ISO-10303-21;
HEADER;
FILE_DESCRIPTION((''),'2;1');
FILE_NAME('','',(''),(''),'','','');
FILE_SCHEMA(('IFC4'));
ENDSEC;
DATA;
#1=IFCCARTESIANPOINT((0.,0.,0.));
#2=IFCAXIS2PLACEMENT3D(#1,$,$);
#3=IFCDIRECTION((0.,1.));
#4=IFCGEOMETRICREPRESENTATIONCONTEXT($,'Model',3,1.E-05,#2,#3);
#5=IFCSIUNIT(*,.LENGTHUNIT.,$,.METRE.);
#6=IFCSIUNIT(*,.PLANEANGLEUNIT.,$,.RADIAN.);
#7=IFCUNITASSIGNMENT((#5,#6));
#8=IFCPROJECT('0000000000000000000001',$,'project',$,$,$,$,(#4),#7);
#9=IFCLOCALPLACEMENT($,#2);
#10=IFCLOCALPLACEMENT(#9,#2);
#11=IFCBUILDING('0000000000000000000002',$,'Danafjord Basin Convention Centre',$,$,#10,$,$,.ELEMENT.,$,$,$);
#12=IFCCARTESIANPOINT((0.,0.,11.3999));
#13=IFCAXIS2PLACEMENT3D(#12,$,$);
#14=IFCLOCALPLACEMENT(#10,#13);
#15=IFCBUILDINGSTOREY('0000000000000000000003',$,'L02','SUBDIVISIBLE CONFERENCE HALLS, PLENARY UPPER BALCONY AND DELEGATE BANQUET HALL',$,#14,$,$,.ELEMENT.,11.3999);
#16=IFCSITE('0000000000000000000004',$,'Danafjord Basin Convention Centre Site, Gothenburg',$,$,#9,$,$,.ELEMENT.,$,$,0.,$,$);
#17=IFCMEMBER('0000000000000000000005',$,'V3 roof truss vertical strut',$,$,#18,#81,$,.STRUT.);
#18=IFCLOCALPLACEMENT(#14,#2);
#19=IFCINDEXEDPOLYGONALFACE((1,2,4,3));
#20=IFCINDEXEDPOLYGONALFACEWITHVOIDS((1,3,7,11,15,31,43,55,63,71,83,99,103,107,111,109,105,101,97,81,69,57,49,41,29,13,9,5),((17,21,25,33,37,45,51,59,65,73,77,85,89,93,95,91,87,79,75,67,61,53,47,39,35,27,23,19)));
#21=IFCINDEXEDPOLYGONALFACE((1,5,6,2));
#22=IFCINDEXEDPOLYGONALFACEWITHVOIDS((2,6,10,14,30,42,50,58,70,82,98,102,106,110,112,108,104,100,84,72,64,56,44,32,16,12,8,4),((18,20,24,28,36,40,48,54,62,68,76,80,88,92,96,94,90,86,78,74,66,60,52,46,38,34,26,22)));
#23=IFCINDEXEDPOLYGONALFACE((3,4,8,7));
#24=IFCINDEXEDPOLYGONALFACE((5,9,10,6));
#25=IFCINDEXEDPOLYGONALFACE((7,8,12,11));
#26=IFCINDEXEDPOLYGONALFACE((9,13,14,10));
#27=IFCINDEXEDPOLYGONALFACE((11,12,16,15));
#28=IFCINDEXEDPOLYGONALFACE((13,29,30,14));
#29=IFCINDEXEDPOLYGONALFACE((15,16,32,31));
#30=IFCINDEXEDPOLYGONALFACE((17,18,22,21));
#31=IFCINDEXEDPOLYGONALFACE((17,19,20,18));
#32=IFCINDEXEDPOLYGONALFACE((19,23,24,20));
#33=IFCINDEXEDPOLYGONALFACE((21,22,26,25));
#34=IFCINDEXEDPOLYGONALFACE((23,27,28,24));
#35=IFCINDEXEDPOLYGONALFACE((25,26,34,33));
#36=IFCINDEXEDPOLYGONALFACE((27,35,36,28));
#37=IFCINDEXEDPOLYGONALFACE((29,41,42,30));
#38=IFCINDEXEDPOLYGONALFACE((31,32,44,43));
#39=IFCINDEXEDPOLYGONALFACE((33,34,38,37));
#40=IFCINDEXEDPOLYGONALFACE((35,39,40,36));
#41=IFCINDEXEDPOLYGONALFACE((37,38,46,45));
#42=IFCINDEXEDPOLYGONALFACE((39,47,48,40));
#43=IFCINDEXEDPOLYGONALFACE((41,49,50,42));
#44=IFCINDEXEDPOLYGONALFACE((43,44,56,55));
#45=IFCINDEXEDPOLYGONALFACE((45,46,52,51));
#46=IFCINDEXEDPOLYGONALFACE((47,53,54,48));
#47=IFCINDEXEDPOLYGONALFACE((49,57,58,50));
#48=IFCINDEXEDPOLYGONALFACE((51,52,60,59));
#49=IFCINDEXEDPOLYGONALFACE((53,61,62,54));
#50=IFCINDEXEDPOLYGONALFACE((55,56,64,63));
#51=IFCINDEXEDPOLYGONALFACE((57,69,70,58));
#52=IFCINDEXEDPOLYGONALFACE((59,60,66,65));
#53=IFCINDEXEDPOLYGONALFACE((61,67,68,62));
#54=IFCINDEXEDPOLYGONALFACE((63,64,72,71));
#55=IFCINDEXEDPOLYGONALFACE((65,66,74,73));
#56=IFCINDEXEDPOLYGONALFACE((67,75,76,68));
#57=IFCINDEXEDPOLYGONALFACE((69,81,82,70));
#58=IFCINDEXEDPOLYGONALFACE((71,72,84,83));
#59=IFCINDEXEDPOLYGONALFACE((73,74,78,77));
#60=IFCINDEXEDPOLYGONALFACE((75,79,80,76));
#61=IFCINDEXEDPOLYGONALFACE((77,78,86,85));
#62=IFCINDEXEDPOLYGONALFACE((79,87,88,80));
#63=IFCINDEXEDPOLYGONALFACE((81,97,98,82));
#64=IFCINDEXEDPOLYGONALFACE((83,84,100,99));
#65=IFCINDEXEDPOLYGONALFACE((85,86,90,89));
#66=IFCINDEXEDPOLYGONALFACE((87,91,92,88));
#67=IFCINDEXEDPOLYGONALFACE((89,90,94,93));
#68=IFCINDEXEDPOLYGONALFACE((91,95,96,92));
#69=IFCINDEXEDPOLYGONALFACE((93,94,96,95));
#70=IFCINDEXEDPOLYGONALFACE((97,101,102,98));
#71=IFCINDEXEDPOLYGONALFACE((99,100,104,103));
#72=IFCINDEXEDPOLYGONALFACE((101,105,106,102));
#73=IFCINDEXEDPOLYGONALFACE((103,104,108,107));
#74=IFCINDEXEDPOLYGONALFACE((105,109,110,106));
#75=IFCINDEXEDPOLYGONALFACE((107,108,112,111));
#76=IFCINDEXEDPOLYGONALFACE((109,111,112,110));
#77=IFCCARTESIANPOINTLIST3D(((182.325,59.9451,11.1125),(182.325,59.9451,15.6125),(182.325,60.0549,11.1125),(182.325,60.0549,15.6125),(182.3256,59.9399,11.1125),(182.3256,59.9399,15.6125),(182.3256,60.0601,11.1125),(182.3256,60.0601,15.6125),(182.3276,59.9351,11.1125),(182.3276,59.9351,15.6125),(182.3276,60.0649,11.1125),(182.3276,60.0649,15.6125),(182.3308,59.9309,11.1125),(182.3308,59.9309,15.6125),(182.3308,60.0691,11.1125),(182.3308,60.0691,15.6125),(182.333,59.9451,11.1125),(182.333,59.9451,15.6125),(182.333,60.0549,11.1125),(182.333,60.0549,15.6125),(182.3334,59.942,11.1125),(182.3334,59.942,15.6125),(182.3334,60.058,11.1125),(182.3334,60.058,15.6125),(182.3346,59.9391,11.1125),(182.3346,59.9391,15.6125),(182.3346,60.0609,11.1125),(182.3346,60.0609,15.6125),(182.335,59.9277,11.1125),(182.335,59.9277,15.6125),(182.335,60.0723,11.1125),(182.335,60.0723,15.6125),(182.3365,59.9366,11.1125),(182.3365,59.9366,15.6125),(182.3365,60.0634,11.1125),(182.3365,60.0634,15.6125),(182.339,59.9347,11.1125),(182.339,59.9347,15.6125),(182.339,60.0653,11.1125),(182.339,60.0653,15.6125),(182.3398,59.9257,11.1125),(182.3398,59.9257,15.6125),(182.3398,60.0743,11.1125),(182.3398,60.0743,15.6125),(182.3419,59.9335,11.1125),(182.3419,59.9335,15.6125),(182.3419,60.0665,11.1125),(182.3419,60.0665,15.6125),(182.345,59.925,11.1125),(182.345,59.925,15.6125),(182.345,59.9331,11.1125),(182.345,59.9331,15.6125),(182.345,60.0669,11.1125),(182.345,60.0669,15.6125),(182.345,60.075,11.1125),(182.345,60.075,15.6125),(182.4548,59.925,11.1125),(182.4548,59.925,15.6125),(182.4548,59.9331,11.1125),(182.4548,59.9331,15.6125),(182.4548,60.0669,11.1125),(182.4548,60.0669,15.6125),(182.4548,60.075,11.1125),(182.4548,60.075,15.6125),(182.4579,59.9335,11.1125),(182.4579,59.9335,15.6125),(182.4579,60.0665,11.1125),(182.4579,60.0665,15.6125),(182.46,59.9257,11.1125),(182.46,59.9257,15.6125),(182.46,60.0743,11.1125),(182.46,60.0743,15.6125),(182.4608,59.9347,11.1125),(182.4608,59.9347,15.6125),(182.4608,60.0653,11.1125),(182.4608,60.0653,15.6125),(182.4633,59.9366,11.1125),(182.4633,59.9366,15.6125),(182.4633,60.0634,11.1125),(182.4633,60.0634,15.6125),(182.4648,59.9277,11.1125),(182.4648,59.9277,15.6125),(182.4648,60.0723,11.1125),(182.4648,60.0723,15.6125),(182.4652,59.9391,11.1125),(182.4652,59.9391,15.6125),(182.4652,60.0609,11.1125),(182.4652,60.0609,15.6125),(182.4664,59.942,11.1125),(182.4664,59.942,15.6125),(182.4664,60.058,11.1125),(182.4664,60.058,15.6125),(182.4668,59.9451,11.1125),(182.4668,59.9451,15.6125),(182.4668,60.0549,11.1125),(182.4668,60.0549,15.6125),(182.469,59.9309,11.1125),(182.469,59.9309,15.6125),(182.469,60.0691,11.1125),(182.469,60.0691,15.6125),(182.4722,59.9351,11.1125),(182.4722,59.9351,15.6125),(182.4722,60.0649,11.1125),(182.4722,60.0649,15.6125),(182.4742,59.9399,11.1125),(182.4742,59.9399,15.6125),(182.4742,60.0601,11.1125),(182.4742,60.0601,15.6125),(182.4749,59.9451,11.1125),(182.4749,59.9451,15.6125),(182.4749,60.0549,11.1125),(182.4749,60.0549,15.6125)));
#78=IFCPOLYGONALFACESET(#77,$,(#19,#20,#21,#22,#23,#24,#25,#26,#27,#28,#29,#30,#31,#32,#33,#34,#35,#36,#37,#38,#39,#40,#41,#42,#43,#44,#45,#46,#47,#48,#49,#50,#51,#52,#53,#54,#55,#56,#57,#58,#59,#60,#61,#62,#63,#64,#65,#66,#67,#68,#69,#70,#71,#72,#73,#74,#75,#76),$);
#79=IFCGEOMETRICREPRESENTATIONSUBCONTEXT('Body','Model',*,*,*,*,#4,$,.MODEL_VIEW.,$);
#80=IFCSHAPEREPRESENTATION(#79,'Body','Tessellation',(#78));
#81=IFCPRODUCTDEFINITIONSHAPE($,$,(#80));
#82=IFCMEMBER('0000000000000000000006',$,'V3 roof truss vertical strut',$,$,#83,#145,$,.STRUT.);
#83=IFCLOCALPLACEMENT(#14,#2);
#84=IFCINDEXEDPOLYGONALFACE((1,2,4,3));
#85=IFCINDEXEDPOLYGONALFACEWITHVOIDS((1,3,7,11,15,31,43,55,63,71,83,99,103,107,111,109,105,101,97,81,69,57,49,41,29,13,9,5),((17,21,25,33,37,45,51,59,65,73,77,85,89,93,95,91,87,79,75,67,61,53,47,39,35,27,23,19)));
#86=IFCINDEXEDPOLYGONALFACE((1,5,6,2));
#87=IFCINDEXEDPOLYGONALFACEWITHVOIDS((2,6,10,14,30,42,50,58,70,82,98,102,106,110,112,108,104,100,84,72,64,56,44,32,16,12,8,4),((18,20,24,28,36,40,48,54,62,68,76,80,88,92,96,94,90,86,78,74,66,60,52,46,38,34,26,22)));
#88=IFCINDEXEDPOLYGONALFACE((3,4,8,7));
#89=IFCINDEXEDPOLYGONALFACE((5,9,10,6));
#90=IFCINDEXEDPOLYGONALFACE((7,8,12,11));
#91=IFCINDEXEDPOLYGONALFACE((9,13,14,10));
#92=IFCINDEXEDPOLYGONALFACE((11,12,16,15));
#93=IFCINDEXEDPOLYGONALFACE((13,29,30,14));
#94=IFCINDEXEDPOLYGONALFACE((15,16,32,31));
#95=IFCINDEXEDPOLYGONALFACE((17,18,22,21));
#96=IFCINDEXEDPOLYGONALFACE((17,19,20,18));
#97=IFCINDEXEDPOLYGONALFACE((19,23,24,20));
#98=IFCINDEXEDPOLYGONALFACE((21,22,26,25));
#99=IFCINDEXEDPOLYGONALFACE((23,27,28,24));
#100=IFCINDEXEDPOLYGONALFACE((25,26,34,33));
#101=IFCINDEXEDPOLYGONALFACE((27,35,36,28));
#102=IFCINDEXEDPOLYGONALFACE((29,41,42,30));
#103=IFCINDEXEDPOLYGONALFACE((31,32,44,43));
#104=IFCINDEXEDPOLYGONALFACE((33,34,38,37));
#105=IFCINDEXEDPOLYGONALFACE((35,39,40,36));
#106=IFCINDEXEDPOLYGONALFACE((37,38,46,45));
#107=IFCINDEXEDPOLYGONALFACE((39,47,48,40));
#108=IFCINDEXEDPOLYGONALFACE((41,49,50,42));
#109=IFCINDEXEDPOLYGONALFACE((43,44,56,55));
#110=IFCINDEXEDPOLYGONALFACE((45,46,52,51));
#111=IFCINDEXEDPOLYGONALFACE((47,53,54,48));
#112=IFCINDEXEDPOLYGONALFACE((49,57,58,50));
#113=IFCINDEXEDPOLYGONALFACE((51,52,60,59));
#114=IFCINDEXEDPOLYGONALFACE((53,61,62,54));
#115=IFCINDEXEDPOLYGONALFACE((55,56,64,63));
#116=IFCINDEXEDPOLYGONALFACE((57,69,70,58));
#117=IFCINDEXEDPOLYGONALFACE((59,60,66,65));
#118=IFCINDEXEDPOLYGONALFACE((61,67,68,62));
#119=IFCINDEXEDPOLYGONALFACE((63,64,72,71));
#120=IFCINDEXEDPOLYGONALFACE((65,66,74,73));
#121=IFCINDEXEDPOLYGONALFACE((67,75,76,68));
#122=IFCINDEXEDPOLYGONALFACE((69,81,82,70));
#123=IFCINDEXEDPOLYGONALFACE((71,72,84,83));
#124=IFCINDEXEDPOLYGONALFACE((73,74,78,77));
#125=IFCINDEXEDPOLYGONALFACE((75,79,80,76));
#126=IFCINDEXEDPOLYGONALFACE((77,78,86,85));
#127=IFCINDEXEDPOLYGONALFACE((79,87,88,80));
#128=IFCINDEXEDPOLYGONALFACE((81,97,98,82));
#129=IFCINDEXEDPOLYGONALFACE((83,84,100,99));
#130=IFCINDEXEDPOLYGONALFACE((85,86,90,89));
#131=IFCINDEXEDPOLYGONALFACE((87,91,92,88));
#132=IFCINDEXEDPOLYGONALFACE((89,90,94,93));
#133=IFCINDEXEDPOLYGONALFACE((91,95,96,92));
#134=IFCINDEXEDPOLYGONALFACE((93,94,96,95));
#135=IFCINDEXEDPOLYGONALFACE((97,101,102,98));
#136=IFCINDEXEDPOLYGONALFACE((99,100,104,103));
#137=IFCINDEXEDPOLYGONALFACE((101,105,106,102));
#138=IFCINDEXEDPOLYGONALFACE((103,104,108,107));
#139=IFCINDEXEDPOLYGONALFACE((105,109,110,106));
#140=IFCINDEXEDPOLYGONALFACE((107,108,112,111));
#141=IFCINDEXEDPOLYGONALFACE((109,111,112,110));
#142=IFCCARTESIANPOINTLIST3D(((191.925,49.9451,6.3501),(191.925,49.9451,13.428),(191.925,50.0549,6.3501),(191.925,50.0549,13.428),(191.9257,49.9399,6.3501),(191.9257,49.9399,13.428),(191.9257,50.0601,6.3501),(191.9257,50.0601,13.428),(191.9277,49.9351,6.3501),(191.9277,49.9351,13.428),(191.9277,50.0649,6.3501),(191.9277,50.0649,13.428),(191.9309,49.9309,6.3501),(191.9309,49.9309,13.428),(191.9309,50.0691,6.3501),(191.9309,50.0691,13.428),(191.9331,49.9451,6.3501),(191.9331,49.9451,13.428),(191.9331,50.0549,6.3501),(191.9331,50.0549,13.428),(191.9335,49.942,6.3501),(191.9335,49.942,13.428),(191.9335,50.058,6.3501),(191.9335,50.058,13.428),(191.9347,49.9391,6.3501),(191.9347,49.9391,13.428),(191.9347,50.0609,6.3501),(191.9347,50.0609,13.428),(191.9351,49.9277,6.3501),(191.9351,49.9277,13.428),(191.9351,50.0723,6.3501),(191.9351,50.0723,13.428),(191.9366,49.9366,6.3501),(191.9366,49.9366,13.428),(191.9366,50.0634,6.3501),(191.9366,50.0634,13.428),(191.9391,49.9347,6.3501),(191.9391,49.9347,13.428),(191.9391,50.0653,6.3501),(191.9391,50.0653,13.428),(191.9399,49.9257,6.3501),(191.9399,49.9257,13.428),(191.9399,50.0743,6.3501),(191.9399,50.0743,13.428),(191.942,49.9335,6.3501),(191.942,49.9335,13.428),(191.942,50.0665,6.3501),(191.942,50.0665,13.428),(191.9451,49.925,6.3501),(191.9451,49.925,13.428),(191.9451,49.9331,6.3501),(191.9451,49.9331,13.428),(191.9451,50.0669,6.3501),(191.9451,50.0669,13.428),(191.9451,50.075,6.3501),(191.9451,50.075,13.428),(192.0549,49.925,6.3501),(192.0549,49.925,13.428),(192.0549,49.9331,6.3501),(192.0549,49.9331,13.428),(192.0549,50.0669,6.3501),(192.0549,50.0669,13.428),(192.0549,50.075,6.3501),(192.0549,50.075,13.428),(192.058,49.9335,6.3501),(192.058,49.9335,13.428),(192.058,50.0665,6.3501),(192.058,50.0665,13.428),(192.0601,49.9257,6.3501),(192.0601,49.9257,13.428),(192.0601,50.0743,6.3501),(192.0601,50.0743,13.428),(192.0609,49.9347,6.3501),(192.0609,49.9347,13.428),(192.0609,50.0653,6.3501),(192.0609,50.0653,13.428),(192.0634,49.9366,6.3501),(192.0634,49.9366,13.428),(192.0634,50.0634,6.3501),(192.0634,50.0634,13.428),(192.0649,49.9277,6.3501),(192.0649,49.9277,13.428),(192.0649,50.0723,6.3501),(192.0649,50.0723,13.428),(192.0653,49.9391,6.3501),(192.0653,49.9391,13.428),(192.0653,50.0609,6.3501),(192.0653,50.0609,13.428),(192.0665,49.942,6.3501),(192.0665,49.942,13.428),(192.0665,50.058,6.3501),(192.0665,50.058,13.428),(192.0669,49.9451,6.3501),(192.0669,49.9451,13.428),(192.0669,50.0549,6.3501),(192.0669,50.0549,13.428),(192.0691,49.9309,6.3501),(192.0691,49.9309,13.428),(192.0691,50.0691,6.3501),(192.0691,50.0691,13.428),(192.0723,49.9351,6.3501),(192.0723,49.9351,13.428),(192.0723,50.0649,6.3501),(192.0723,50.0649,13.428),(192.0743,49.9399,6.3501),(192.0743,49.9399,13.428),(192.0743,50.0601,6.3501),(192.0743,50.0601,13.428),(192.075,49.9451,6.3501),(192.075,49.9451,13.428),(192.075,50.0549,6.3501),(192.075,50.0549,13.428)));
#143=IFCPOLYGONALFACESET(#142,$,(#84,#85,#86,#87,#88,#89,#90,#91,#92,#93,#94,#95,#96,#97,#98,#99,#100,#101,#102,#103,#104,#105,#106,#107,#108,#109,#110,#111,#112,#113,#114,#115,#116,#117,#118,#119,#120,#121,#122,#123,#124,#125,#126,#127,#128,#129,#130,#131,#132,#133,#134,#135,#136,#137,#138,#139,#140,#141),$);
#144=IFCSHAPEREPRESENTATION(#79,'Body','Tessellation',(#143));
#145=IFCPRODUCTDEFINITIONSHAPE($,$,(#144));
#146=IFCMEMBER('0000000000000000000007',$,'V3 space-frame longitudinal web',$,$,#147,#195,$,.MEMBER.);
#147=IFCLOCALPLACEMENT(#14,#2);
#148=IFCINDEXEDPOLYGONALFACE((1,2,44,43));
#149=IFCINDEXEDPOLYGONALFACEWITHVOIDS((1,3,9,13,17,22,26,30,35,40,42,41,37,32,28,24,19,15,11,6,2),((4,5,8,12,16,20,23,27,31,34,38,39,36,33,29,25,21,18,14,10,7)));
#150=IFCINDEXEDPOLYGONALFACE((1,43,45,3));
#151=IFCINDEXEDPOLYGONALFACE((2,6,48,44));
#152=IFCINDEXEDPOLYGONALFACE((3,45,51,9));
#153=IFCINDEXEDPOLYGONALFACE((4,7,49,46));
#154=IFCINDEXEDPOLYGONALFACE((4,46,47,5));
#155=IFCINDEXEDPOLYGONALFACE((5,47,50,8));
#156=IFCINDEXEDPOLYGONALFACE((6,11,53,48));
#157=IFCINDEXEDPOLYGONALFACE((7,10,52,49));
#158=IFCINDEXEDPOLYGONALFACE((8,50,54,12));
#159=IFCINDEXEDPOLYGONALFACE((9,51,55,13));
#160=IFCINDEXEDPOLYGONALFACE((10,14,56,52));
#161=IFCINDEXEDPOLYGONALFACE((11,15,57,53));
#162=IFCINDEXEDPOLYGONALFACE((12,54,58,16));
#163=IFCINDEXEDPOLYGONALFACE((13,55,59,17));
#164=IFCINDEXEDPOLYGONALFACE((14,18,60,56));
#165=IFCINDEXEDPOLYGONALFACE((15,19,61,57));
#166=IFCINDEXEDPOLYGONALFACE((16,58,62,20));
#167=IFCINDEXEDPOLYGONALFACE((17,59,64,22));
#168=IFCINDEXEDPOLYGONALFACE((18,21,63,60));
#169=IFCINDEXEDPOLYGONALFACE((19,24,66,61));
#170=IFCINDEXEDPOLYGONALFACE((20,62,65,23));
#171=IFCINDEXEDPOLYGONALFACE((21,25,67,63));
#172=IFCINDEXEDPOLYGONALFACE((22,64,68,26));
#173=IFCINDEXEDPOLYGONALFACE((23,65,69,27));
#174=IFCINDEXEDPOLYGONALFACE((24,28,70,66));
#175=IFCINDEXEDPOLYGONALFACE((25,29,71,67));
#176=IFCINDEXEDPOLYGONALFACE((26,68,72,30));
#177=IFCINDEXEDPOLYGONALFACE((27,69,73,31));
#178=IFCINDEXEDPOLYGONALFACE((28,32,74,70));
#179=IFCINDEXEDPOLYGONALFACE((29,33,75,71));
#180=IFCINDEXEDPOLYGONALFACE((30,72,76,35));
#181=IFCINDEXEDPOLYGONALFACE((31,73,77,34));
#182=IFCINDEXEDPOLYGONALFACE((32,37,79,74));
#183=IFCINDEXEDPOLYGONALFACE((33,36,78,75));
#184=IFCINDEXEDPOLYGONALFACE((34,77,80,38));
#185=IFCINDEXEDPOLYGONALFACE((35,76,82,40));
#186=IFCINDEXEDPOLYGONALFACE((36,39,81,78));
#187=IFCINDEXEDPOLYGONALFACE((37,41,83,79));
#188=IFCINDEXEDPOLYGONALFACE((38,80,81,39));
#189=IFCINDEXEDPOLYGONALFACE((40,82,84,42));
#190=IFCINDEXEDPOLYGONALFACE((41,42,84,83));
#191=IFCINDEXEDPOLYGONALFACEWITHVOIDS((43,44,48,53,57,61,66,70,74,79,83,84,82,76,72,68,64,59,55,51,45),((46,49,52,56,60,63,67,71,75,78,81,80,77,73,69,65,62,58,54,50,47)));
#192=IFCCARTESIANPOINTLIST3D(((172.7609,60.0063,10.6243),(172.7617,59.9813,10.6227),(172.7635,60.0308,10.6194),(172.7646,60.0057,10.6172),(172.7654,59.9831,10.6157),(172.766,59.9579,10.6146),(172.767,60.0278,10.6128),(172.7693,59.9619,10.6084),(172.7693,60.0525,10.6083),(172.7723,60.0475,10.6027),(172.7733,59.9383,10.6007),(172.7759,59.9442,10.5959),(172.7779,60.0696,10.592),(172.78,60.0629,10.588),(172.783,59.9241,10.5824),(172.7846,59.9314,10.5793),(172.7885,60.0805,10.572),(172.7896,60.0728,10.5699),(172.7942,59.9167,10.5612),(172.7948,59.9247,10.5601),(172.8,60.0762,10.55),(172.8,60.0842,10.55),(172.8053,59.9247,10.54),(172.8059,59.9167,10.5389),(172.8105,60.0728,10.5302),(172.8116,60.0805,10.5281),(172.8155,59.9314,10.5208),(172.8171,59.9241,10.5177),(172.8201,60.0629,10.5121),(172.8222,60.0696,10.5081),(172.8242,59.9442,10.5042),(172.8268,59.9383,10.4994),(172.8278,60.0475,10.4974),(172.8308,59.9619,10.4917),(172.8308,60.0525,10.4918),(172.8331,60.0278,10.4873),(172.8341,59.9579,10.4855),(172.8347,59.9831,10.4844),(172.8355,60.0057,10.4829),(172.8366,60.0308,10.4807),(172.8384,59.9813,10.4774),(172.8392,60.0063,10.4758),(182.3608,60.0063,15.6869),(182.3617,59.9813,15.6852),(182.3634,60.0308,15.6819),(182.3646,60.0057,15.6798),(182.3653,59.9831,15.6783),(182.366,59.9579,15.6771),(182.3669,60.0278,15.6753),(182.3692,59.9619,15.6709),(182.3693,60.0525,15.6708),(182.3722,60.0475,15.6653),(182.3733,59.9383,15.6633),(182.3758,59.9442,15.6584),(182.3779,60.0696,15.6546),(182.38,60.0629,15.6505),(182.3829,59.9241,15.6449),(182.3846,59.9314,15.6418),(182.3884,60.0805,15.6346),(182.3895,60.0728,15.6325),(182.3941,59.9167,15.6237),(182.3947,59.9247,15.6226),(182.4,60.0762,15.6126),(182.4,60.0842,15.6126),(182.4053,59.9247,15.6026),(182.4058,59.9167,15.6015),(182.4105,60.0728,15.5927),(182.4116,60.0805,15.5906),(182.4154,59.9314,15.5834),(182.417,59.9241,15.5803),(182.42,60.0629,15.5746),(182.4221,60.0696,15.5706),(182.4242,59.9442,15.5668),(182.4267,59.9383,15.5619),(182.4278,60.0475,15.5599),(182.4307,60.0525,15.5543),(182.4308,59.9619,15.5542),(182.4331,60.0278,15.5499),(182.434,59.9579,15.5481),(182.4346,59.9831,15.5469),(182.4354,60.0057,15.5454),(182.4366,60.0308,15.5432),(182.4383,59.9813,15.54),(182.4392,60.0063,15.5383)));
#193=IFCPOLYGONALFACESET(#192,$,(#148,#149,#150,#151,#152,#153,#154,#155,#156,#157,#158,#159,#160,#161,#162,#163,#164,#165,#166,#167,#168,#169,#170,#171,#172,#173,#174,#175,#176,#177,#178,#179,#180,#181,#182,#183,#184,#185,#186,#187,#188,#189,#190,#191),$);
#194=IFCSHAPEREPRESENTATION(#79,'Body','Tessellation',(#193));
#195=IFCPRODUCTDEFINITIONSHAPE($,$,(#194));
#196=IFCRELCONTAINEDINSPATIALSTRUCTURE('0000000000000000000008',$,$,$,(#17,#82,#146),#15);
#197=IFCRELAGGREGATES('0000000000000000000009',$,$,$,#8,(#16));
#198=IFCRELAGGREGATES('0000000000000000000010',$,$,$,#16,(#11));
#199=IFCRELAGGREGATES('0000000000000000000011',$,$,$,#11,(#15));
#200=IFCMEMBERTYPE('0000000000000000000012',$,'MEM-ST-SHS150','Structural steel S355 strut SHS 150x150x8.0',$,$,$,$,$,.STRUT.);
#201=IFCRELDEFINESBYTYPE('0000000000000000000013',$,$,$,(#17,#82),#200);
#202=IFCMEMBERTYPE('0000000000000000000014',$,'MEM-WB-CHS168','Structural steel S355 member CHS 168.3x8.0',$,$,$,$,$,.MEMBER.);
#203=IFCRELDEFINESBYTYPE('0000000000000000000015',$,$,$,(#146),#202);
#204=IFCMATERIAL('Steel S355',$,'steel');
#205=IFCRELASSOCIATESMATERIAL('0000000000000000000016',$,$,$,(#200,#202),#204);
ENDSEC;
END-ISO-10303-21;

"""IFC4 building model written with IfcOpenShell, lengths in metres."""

from ifc_helpers import new_model, si_unit, direction, frame, origin, origin_2d, place, context, subcontext, project, spatial, hollow_rectangle, hollow_circle, extrude, material, material_profile, profile_set, type_object, element, save


model = new_model("IFC4")

# Units and contexts
model_context = context("Model", 3, precision=1e-05, world=origin(), true_north=direction((0.0, 1.0)))
body_context = subcontext(model_context, "Body", "Model", "MODEL_VIEW")
ifc_project = project(units=[si_unit("LENGTHUNIT", "METRE"), si_unit("PLANEANGLEUNIT", "RADIAN")], contexts=[model_context])

# Site, building, storey
site_placement = place(None, origin())
site = spatial("IfcSite", under=ifc_project, at=site_placement, Name="Danafjord Basin Convention Centre Site, Gothenburg", CompositionType="ELEMENT", RefElevation=0.0)
building_placement = place(site_placement, origin())
building = spatial("IfcBuilding", under=site, at=building_placement, Name="Danafjord Basin Convention Centre", CompositionType="ELEMENT")
storey_placement = place(building_placement, frame((0.0, 0.0, 11.3999)))
storey = spatial("IfcBuildingStorey", under=building, at=storey_placement, Name="L02", Description="SUBDIVISIBLE CONFERENCE HALLS, PLENARY UPPER BALCONY AND DELEGATE BANQUET HALL", CompositionType="ELEMENT", Elevation=11.3999)

# Shared definitions
ifc_material = material(Name="Steel S355", Category="steel")

# Members
ifc_material_profile_1 = material_profile(ifc_material, hollow_rectangle(XDim=0.1499, YDim=0.1499, WallThickness=0.0081, InnerFilletRadius=0.012, OuterFilletRadius=0.02, at=origin_2d()), Name="SHS 150x150x8.0")
ifc_profile_set_1 = profile_set([ifc_material_profile_1], Name="Steel S355")
member_type_1 = type_object("IfcMemberType", Name="MEM-ST-SHS150", Description="Structural steel S355 strut SHS 150x150x8.0", PredefinedType="STRUT", material=ifc_profile_set_1)
for number, where, z_axis, x_axis, name in (
    (1, (182.3999, 60.0, 11.1125), (0.0, 0.0, 1.0), (1.0, 0.0, 0.0), "V3 roof truss vertical strut"),
):
    element("IfcMember", number, at=place(storey_placement, frame(where, z_axis=z_axis, x_axis=x_axis)), inside=storey, type_object=member_type_1, Name=name, PredefinedType="STRUT", context=body_context, shape_type="SweptSolid", body=[
        extrude(hollow_rectangle(XDim=0.1499, YDim=0.1499, WallThickness=0.0081, InnerFilletRadius=0.012, OuterFilletRadius=0.02, at=origin_2d()), origin(), (0.0, 0.0, 1.0), 4.5),
    ])
member_1_placement = place(storey_placement, frame((192.0, 50.0, 6.3501), z_axis=(0.0, 0.0, 1.0), x_axis=(1.0, 0.0, 0.0)))
element("IfcMember", 2, at=member_1_placement, inside=storey, type_object=member_type_1, Name="V3 roof truss vertical strut", PredefinedType="STRUT", context=body_context, shape_type="SweptSolid", body=[
    extrude(hollow_rectangle(XDim=0.1499, YDim=0.1499, WallThickness=0.0081, InnerFilletRadius=0.012, OuterFilletRadius=0.02, at=origin_2d()), origin(), (0.0, 0.0, 1.0), 7.0779),
])
ifc_material_profile_2 = material_profile(ifc_material, hollow_circle(Radius=0.0842, WallThickness=0.0081, at=origin_2d()), Name="CHS 168.3x8.0")
ifc_profile_set_2 = profile_set([ifc_material_profile_2], Name="Steel S355")
member_type_2 = type_object("IfcMemberType", Name="MEM-WB-CHS168", Description="Structural steel S355 member CHS 168.3x8.0", PredefinedType="MEMBER", material=ifc_profile_set_2)
member_2_placement = place(storey_placement, frame((172.8, 60.0, 10.55), z_axis=(0.88454, 0.0, 0.466464), x_axis=(0.0, 1.0, 0.0)))
element("IfcMember", 3, at=member_2_placement, inside=storey, type_object=member_type_2, Name="V3 space-frame longitudinal web", PredefinedType="MEMBER", context=body_context, shape_type="SweptSolid", body=[
    extrude(hollow_circle(Radius=0.0842, WallThickness=0.0081, at=origin_2d()), origin(), (0.0, 0.0, 1.0), 10.853),
])

save(model, "model.ifc")
